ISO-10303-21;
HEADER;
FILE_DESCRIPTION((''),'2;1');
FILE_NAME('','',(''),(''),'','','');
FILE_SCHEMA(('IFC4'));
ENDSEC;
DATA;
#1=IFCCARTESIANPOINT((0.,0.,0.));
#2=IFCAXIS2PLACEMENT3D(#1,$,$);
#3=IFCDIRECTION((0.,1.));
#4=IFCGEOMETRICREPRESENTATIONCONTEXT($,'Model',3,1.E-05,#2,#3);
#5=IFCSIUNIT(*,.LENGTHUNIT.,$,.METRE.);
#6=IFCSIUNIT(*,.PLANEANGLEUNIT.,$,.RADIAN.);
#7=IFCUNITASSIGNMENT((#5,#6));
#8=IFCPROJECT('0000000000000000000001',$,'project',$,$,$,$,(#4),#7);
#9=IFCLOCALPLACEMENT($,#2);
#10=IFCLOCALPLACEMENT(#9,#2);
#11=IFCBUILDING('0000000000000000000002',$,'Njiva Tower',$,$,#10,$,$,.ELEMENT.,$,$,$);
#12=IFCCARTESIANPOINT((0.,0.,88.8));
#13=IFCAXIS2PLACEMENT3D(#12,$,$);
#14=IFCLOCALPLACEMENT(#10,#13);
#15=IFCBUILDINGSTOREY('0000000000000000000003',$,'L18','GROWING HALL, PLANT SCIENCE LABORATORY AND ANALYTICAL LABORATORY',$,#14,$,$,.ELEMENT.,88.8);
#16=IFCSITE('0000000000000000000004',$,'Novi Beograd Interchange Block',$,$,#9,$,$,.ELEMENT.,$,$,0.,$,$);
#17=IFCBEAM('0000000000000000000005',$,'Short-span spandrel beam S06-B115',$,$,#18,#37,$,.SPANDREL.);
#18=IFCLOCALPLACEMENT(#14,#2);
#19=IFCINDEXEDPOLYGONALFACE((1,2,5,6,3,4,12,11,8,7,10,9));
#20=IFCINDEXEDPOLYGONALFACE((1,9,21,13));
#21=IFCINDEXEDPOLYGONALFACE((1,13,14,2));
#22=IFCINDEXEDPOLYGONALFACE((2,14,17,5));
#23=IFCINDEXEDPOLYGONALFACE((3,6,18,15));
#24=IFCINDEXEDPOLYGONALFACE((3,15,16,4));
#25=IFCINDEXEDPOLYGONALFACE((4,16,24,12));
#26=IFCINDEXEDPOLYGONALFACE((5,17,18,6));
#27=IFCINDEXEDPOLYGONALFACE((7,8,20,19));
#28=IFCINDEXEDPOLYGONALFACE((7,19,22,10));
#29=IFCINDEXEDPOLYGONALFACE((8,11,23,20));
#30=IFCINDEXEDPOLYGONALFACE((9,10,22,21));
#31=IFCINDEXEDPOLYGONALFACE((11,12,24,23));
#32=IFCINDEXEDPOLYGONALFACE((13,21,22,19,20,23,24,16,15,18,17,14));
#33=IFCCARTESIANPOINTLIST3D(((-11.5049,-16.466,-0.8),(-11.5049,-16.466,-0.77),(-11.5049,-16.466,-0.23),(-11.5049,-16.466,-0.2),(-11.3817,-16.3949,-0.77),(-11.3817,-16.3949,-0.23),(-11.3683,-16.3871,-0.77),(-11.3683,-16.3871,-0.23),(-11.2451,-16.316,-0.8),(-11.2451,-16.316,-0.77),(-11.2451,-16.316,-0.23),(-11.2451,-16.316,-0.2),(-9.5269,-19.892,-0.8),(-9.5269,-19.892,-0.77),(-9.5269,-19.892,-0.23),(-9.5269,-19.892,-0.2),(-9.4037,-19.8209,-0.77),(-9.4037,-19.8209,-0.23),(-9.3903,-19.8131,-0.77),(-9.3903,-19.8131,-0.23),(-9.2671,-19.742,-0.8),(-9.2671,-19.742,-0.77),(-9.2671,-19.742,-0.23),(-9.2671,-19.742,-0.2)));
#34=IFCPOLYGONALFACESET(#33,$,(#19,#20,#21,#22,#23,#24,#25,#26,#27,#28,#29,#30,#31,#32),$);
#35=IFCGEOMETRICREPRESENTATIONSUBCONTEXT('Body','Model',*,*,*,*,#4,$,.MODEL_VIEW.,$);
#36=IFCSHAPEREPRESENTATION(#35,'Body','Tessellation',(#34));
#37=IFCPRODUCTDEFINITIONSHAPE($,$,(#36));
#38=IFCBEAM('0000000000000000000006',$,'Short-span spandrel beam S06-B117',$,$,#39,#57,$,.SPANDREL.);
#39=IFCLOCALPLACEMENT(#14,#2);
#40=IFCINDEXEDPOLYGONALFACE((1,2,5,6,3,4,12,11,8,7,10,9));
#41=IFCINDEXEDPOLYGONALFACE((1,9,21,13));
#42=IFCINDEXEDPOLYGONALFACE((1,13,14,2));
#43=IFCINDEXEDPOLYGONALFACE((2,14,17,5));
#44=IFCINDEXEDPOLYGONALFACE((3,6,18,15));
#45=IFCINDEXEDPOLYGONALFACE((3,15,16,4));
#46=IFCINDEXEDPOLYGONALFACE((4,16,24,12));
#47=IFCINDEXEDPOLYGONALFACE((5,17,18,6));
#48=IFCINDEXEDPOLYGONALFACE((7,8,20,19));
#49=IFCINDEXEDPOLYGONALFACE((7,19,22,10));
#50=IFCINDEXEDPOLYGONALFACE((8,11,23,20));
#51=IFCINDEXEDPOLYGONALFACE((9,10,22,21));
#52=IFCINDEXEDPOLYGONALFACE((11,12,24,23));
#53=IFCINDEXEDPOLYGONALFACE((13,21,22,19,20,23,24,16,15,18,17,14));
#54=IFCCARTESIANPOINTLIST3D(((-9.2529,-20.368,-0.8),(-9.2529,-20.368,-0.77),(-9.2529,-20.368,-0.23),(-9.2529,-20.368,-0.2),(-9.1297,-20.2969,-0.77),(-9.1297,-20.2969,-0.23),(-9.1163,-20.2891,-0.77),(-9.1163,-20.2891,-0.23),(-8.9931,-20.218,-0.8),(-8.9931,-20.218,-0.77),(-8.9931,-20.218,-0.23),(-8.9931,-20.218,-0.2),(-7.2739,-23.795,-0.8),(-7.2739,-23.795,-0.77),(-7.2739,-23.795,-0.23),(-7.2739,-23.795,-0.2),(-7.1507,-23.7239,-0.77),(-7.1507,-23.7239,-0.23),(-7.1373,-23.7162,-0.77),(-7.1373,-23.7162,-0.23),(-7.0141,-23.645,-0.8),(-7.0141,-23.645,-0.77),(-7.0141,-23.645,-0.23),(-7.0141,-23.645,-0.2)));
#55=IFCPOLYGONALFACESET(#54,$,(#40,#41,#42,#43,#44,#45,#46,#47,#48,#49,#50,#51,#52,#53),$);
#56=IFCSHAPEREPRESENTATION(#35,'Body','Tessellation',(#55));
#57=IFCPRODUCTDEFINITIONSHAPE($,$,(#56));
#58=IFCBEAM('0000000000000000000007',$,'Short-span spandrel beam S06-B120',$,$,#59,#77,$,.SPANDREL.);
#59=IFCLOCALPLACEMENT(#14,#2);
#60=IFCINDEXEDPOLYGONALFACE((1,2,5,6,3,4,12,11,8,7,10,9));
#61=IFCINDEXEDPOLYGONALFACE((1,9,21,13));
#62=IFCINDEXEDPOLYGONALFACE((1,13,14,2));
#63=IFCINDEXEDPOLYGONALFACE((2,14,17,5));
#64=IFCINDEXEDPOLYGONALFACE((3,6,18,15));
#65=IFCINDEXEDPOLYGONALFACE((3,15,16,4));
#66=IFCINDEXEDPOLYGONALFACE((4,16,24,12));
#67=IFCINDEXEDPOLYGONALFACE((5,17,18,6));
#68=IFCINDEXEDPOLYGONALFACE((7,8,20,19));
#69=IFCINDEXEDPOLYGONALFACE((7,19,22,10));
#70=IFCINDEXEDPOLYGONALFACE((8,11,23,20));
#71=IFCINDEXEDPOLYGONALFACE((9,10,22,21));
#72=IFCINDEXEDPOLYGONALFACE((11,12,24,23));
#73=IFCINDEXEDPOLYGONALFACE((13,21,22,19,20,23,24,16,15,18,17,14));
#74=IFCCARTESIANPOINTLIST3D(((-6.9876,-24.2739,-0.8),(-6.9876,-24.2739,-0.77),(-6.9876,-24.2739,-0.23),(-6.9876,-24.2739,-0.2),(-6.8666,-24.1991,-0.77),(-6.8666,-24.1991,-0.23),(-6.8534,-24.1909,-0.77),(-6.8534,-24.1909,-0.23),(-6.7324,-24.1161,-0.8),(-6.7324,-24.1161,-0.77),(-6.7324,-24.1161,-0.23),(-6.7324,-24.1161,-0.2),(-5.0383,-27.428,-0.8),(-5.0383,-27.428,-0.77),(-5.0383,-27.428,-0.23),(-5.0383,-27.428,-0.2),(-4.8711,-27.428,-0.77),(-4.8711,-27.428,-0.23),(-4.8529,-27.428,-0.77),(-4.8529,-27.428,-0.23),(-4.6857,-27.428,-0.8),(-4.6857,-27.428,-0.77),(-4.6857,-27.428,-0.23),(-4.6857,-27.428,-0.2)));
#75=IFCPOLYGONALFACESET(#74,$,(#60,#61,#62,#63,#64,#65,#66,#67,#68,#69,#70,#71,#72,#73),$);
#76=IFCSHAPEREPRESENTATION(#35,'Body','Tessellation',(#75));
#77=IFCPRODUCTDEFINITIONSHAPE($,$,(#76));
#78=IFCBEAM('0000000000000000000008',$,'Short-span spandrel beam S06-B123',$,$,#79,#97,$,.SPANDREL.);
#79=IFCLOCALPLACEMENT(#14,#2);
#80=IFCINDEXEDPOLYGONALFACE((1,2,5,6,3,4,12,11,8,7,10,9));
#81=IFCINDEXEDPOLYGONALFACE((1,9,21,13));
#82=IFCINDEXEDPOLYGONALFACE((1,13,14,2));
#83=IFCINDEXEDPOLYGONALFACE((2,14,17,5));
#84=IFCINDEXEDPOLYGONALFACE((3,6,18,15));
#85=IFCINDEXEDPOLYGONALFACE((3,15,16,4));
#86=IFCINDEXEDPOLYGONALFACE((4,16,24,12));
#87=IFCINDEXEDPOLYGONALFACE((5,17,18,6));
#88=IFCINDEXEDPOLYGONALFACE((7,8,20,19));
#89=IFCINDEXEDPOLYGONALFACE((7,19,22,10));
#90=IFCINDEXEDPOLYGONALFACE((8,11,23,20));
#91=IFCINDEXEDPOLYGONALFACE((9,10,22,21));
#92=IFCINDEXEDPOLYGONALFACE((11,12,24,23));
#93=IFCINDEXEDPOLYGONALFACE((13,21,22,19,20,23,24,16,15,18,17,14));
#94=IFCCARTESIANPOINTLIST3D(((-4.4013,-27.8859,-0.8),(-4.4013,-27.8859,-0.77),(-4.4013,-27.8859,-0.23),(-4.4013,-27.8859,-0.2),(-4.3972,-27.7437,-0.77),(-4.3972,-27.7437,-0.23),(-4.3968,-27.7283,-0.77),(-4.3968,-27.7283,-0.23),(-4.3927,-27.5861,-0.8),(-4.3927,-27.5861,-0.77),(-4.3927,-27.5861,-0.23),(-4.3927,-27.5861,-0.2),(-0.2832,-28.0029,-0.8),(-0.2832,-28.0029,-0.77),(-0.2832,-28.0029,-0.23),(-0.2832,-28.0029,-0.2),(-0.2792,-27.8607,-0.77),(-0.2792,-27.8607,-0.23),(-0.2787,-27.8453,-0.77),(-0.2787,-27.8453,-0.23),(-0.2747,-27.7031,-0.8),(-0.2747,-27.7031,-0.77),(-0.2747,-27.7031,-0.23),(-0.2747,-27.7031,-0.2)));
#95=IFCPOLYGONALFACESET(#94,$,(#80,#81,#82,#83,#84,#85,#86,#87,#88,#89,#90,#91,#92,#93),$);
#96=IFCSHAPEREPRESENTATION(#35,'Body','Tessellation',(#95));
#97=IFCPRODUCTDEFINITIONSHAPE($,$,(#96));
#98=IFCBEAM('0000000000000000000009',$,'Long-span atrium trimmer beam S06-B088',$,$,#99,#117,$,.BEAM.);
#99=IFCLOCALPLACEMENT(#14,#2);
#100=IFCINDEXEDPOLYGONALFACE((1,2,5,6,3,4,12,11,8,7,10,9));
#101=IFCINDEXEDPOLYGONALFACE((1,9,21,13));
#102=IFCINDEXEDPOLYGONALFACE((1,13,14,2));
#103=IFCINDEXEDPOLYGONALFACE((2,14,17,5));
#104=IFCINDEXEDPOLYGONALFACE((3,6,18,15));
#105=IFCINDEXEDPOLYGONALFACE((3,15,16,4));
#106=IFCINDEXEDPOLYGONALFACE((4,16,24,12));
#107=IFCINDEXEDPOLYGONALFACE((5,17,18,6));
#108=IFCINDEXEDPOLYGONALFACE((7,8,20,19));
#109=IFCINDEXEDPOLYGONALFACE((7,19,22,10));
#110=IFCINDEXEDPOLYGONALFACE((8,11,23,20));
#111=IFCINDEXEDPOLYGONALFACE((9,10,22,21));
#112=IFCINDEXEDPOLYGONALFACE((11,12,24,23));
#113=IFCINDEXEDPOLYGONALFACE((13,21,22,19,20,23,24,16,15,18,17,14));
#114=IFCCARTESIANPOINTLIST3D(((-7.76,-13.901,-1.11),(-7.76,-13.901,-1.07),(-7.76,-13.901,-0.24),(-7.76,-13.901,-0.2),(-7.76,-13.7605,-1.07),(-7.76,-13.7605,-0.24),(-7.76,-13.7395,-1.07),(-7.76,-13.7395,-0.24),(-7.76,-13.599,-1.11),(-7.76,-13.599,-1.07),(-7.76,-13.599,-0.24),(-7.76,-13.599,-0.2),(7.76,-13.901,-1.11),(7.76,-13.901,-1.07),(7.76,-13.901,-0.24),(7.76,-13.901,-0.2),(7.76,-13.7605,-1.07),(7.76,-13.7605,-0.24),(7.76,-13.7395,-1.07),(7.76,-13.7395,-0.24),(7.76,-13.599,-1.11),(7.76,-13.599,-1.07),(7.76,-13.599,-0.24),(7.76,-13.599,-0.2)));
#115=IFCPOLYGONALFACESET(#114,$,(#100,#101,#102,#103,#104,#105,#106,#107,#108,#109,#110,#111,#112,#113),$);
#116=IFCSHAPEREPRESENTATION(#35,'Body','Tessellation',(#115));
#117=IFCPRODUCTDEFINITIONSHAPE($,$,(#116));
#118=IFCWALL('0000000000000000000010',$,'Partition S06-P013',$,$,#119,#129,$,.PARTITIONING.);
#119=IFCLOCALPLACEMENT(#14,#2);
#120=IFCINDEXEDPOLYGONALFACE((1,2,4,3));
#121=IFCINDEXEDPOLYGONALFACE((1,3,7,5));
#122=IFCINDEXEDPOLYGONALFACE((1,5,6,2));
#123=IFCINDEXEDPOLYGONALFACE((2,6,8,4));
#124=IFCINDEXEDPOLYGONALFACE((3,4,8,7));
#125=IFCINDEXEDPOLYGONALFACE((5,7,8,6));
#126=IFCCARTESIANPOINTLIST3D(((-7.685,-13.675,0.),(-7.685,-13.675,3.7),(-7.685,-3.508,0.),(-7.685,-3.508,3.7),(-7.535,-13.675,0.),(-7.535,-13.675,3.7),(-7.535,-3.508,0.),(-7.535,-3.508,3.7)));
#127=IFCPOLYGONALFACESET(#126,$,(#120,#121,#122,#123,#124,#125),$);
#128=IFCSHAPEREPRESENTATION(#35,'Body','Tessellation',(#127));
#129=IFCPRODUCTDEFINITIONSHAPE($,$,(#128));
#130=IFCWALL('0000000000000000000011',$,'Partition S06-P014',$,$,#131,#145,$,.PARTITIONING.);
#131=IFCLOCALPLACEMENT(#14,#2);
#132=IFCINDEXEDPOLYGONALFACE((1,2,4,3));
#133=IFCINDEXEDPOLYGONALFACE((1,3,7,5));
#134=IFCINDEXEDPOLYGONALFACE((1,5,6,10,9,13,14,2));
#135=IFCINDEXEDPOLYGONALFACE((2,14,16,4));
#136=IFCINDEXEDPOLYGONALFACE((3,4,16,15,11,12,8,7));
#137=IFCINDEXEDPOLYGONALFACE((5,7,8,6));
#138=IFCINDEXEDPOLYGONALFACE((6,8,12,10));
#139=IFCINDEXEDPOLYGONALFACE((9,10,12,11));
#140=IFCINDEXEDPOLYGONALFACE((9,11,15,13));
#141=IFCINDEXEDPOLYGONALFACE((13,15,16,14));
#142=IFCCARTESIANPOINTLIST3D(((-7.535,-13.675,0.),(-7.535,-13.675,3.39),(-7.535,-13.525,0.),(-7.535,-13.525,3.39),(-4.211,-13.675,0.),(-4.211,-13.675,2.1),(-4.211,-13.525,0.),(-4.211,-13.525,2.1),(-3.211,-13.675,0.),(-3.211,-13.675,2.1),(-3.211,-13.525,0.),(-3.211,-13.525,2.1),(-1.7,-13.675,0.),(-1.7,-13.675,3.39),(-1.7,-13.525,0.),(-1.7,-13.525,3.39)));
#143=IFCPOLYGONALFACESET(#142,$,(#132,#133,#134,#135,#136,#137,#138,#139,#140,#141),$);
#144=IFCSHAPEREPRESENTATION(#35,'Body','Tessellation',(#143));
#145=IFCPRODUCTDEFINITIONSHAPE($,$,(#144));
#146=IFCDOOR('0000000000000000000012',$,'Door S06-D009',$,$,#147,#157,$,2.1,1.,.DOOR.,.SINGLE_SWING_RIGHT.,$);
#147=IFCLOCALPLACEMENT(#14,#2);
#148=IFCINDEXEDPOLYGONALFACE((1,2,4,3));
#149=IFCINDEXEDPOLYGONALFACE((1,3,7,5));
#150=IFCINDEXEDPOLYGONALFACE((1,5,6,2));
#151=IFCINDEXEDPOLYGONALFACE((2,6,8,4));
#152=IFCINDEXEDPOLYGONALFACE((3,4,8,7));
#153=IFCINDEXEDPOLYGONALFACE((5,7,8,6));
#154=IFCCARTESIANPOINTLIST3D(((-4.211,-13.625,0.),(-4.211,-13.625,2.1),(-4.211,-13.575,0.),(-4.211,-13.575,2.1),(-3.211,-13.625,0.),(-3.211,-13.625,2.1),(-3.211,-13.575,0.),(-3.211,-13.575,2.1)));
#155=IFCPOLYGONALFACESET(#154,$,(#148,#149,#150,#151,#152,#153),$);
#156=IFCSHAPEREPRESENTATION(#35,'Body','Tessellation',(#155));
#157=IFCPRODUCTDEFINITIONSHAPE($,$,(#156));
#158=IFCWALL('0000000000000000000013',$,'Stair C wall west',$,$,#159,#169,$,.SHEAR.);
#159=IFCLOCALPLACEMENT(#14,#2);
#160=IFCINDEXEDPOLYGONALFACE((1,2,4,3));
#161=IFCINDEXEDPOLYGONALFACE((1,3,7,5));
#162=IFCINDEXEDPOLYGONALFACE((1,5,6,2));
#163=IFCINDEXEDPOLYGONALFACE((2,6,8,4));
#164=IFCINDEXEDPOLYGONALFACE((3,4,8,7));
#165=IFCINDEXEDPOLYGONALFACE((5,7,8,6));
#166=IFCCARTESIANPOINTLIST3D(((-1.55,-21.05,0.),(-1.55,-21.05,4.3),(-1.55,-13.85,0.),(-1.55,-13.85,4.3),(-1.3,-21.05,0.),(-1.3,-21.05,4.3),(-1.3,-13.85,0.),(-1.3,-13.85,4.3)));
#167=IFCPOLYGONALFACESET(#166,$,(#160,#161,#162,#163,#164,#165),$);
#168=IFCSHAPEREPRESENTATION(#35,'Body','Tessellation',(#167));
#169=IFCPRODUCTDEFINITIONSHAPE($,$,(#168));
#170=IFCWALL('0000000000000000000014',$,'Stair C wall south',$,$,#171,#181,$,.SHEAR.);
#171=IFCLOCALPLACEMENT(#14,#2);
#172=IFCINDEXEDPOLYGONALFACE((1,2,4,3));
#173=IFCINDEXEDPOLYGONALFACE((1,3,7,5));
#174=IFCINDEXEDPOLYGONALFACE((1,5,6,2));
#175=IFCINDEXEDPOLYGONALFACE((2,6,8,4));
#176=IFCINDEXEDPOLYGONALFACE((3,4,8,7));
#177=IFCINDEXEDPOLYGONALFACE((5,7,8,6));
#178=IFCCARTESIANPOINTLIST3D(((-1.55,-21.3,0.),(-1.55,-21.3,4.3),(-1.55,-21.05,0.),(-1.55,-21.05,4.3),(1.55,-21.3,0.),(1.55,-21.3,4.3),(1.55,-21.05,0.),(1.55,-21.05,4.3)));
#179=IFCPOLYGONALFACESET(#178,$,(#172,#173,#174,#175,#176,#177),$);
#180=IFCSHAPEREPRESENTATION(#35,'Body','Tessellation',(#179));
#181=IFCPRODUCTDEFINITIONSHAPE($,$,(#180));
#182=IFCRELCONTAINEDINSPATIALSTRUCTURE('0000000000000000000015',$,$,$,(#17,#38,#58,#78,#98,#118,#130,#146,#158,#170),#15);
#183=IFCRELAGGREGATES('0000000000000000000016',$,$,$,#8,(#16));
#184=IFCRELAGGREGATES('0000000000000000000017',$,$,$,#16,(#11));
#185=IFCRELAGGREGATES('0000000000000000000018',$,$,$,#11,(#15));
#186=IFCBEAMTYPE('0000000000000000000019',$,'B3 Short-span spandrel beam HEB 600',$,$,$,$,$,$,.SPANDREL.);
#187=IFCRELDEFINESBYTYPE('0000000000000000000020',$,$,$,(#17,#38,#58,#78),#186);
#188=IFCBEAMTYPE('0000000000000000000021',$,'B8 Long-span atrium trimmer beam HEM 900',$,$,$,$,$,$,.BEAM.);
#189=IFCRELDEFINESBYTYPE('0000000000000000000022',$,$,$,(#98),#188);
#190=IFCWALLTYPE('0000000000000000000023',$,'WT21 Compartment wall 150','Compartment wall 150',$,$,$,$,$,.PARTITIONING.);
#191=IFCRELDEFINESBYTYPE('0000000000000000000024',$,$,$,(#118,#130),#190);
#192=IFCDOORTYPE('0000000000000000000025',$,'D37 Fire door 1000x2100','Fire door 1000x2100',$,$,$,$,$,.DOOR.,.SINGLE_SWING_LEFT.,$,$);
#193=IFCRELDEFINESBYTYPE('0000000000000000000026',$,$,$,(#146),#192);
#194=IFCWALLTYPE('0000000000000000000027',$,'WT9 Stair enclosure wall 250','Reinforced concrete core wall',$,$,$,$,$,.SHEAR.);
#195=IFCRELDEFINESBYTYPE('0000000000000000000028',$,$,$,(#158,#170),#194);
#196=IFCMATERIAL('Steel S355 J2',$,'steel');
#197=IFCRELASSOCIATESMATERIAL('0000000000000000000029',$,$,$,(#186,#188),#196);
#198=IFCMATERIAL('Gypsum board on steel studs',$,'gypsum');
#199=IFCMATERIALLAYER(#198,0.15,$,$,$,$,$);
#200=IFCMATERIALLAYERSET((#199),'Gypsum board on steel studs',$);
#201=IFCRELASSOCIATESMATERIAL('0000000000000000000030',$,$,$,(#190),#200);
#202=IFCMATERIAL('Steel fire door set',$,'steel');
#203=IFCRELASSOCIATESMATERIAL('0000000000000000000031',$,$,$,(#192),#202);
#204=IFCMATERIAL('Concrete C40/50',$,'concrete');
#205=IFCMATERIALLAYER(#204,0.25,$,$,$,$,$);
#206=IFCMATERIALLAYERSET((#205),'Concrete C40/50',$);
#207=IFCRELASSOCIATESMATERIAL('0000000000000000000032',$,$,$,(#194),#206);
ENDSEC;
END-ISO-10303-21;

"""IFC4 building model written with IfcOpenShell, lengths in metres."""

from ifc_helpers import new_model, si_unit, direction, frame, frame_2d, origin, origin_2d, place, context, subcontext, project, spatial, rectangle, i_section, extrude, clip, halfspace, material, layer, layer_set, material_profile, profile_set, type_object, element, fill, save


model = new_model("IFC4")

# Units and contexts
model_context = context("Model", 3, precision=1e-05, world=origin(), true_north=direction((0.0, 1.0)))
body_context = subcontext(model_context, "Body", "Model", "MODEL_VIEW")
ifc_project = project(units=[si_unit("LENGTHUNIT", "METRE"), si_unit("PLANEANGLEUNIT", "RADIAN")], contexts=[model_context])

# Site, building, storey
site_placement = place(None, origin())
site = spatial("IfcSite", under=ifc_project, at=site_placement, Name="Novi Beograd Interchange Block", CompositionType="ELEMENT", RefElevation=0.0)
building_placement = place(site_placement, origin())
building = spatial("IfcBuilding", under=site, at=building_placement, Name="Njiva Tower", CompositionType="ELEMENT")
storey_placement = place(building_placement, frame((0.0, 0.0, 88.8)))
storey = spatial("IfcBuildingStorey", under=building, at=storey_placement, Name="L18", Description="GROWING HALL, PLANT SCIENCE LABORATORY AND ANALYTICAL LABORATORY", CompositionType="ELEMENT", Elevation=88.8)

# Shared definitions
ifc_material_1 = material(Name="Steel S355 J2", Category="steel")

# Beams
ifc_material_profile_1 = material_profile(ifc_material_1, i_section(OverallWidth=0.3, OverallDepth=0.6, WebThickness=0.0155, FlangeThickness=0.03, at=origin_2d()), Name="HEB 600")
ifc_profile_set_1 = profile_set([ifc_material_profile_1], Name="Steel S355 J2")
beam_type_1 = type_object("IfcBeamType", Name="B3 Short-span spandrel beam HEB 600", PredefinedType="SPANDREL", material=ifc_profile_set_1)
beam_1_placement = place(storey_placement, frame((-11.375, -16.391, -0.5), z_axis=(0.5, -0.866026, 0.0), x_axis=(0.866026, 0.5, 0.0)))
element("IfcBeam", 1, at=beam_1_placement, inside=storey, type_object=beam_type_1, Name="Short-span spandrel beam S06-B115", PredefinedType="SPANDREL", context=body_context, shape_type="SweptSolid", body=[
    extrude(i_section(OverallWidth=0.3, OverallDepth=0.6, WebThickness=0.0155, FlangeThickness=0.03, at=origin_2d()), origin(), (0.0, 0.0, 1.0), 3.956),
])
beam_2_placement = place(storey_placement, frame((-9.123, -20.293, -0.5), z_axis=(0.50008, -0.865979, 0.0), x_axis=(0.865979, 0.50008, 0.0)))
element("IfcBeam", 2, at=beam_2_placement, inside=storey, type_object=beam_type_1, Name="Short-span spandrel beam S06-B117", PredefinedType="SPANDREL", context=body_context, shape_type="SweptSolid", body=[
    extrude(i_section(OverallWidth=0.3, OverallDepth=0.6, WebThickness=0.0155, FlangeThickness=0.03, at=origin_2d()), origin(), (0.0, 0.0, 1.0), 3.9574),
])
beam_3_placement = place(storey_placement, frame((-6.86, -24.195, -0.5), z_axis=(0.525711, -0.850663, 0.0), x_axis=(0.850663, 0.525711, 0.0)))
element("IfcBeam", 3, at=beam_3_placement, inside=storey, type_object=beam_type_1, Name="Short-span spandrel beam S06-B120", PredefinedType="SPANDREL", context=body_context, shape_type="Clipping", body=[
    clip(extrude(i_section(OverallWidth=0.3, OverallDepth=0.6, WebThickness=0.0155, FlangeThickness=0.03, at=origin_2d()), origin(), (0.0, 0.0, 1.0), 3.9136), halfspace(frame((-0.026, 0.0, 3.7845), z_axis=(-0.525711, 0.0, 0.850663), x_axis=(0.0, 1.0, 0.0)), False)),
])
beam_4_placement = place(storey_placement, frame((-4.397, -27.736, -0.5), z_axis=(0.999597, -0.0284, 0.0), x_axis=(0.0284, 0.999597, 0.0)))
element("IfcBeam", 4, at=beam_4_placement, inside=storey, type_object=beam_type_1, Name="Short-span spandrel beam S06-B123", PredefinedType="SPANDREL", context=body_context, shape_type="SweptSolid", body=[
    extrude(i_section(OverallWidth=0.3, OverallDepth=0.6, WebThickness=0.0155, FlangeThickness=0.03, at=origin_2d()), origin(), (0.0, 0.0, 1.0), 4.1197),
])
ifc_material_profile_2 = material_profile(ifc_material_1, i_section(OverallWidth=0.302, OverallDepth=0.91, WebThickness=0.021, FlangeThickness=0.04, at=origin_2d()), Name="HEM 900")
ifc_profile_set_2 = profile_set([ifc_material_profile_2], Name="Steel S355 J2")
beam_type_2 = type_object("IfcBeamType", Name="B8 Long-span atrium trimmer beam HEM 900", PredefinedType="BEAM", material=ifc_profile_set_2)
beam_5_placement = place(storey_placement, frame((-7.76, -13.75, -0.655), z_axis=(1.0, 0.0, 0.0), x_axis=(0.0, 1.0, 0.0)))
element("IfcBeam", 5, at=beam_5_placement, inside=storey, type_object=beam_type_2, Name="Long-span atrium trimmer beam S06-B088", PredefinedType="BEAM", context=body_context, shape_type="SweptSolid", body=[
    extrude(i_section(OverallWidth=0.302, OverallDepth=0.91, WebThickness=0.021, FlangeThickness=0.04, at=origin_2d()), origin(), (0.0, 0.0, 1.0), 15.52),
])

# Wall
ifc_material_2 = material(Name="Gypsum board on steel studs", Category="gypsum")
ifc_layer_1 = layer(ifc_material_2, 0.15)
ifc_layer_set_1 = layer_set([ifc_layer_1], Name="Gypsum board on steel studs")
wall_type_1 = type_object("IfcWallType", Name="WT21 Compartment wall 150", Description="Compartment wall 150", PredefinedType="PARTITIONING", material=ifc_layer_set_1)
wall_1_placement = place(storey_placement, frame((-7.61, -13.675, 0.0), z_axis=(0.0, 0.0, 1.0), x_axis=(0.0, 1.0, 0.0)))
element("IfcWall", 6, at=wall_1_placement, inside=storey, type_object=wall_type_1, Name="Partition S06-P013", PredefinedType="PARTITIONING", context=body_context, shape_type="SweptSolid", body=[
    extrude(rectangle(XDim=10.167, YDim=0.15, at=frame_2d((5.0835, 0.0))), origin(), (0.0, 0.0, 1.0), 3.7),
])

# Wall, opening, door
wall_2_placement = place(storey_placement, frame((-7.535, -13.6, 0.0), z_axis=(0.0, 0.0, 1.0), x_axis=(1.0, 0.0, 0.0)))
wall_2 = element("IfcWall", 7, at=wall_2_placement, inside=storey, type_object=wall_type_1, Name="Partition S06-P014", PredefinedType="PARTITIONING", context=body_context, shape_type="SweptSolid", body=[
    extrude(rectangle(XDim=5.835, YDim=0.15, at=frame_2d((2.9175, 0.0))), origin(), (0.0, 0.0, 1.0), 3.39),
])
opening_1_placement = place(wall_2_placement, frame((3.324, 0.0, 0.0)))
opening_1 = element("IfcOpeningElement", 8, at=opening_1_placement, cuts=wall_2, PredefinedType="OPENING", context=body_context, shape_type="SweptSolid", body=[
    extrude(rectangle(XDim=1.0, YDim=2.1, at=frame_2d((0.5, 1.05))), frame((0.0, 0.085, 0.0), z_axis=(0.0, -1.0, 0.0), x_axis=(1.0, 0.0, 0.0)), (0.0, 0.0, 1.0), 0.17),
])
ifc_material_3 = material(Name="Steel fire door set", Category="steel")
door_type = type_object("IfcDoorType", Name="D37 Fire door 1000x2100", Description="Fire door 1000x2100", OperationType="SINGLE_SWING_LEFT", PredefinedType="DOOR", material=ifc_material_3)
door_placement = place(opening_1_placement, origin())
door = element("IfcDoor", 9, at=door_placement, inside=storey, type_object=door_type, Name="Door S06-D009", OperationType="SINGLE_SWING_RIGHT", OverallHeight=2.1, OverallWidth=1.0, PredefinedType="DOOR", context=body_context, shape_type="SweptSolid", body=[
    extrude(rectangle(XDim=1.0, YDim=2.1, at=frame_2d((0.5, 1.05))), frame((0.0, 0.025, 0.0), z_axis=(0.0, -1.0, 0.0), x_axis=(1.0, 0.0, 0.0)), (0.0, 0.0, 1.0), 0.05),
])
fill(opening_1, door)

# Walls
ifc_material_4 = material(Name="Concrete C40/50", Category="concrete")
ifc_layer_2 = layer(ifc_material_4, 0.25)
ifc_layer_set_2 = layer_set([ifc_layer_2], Name="Concrete C40/50")
wall_type_2 = type_object("IfcWallType", Name="WT9 Stair enclosure wall 250", Description="Reinforced concrete core wall", PredefinedType="SHEAR", material=ifc_layer_set_2)
wall_3_placement = place(storey_placement, frame((-1.425, -21.05, 0.0), z_axis=(0.0, 0.0, 1.0), x_axis=(0.0, 1.0, 0.0)))
element("IfcWall", 10, at=wall_3_placement, inside=storey, type_object=wall_type_2, Name="Stair C wall west", PredefinedType="SHEAR", context=body_context, shape_type="SweptSolid", body=[
    extrude(rectangle(XDim=7.2, YDim=0.25, at=frame_2d((3.6, 0.0))), origin(), (0.0, 0.0, 1.0), 4.3),
])
for number, where, z_axis, x_axis, name in (
    (11, (-1.55, -21.175, 0.0), (0.0, 0.0, 1.0), (1.0, 0.0, 0.0), "Stair C wall south"),
):
    element("IfcWall", number, at=place(storey_placement, frame(where, z_axis=z_axis, x_axis=x_axis)), inside=storey, type_object=wall_type_2, Name=name, PredefinedType="SHEAR", context=body_context, shape_type="SweptSolid", body=[
        extrude(rectangle(XDim=3.1, YDim=0.25, at=frame_2d((1.55, 0.0))), origin(), (0.0, 0.0, 1.0), 4.3),
    ])

save(model, "model.ifc")
